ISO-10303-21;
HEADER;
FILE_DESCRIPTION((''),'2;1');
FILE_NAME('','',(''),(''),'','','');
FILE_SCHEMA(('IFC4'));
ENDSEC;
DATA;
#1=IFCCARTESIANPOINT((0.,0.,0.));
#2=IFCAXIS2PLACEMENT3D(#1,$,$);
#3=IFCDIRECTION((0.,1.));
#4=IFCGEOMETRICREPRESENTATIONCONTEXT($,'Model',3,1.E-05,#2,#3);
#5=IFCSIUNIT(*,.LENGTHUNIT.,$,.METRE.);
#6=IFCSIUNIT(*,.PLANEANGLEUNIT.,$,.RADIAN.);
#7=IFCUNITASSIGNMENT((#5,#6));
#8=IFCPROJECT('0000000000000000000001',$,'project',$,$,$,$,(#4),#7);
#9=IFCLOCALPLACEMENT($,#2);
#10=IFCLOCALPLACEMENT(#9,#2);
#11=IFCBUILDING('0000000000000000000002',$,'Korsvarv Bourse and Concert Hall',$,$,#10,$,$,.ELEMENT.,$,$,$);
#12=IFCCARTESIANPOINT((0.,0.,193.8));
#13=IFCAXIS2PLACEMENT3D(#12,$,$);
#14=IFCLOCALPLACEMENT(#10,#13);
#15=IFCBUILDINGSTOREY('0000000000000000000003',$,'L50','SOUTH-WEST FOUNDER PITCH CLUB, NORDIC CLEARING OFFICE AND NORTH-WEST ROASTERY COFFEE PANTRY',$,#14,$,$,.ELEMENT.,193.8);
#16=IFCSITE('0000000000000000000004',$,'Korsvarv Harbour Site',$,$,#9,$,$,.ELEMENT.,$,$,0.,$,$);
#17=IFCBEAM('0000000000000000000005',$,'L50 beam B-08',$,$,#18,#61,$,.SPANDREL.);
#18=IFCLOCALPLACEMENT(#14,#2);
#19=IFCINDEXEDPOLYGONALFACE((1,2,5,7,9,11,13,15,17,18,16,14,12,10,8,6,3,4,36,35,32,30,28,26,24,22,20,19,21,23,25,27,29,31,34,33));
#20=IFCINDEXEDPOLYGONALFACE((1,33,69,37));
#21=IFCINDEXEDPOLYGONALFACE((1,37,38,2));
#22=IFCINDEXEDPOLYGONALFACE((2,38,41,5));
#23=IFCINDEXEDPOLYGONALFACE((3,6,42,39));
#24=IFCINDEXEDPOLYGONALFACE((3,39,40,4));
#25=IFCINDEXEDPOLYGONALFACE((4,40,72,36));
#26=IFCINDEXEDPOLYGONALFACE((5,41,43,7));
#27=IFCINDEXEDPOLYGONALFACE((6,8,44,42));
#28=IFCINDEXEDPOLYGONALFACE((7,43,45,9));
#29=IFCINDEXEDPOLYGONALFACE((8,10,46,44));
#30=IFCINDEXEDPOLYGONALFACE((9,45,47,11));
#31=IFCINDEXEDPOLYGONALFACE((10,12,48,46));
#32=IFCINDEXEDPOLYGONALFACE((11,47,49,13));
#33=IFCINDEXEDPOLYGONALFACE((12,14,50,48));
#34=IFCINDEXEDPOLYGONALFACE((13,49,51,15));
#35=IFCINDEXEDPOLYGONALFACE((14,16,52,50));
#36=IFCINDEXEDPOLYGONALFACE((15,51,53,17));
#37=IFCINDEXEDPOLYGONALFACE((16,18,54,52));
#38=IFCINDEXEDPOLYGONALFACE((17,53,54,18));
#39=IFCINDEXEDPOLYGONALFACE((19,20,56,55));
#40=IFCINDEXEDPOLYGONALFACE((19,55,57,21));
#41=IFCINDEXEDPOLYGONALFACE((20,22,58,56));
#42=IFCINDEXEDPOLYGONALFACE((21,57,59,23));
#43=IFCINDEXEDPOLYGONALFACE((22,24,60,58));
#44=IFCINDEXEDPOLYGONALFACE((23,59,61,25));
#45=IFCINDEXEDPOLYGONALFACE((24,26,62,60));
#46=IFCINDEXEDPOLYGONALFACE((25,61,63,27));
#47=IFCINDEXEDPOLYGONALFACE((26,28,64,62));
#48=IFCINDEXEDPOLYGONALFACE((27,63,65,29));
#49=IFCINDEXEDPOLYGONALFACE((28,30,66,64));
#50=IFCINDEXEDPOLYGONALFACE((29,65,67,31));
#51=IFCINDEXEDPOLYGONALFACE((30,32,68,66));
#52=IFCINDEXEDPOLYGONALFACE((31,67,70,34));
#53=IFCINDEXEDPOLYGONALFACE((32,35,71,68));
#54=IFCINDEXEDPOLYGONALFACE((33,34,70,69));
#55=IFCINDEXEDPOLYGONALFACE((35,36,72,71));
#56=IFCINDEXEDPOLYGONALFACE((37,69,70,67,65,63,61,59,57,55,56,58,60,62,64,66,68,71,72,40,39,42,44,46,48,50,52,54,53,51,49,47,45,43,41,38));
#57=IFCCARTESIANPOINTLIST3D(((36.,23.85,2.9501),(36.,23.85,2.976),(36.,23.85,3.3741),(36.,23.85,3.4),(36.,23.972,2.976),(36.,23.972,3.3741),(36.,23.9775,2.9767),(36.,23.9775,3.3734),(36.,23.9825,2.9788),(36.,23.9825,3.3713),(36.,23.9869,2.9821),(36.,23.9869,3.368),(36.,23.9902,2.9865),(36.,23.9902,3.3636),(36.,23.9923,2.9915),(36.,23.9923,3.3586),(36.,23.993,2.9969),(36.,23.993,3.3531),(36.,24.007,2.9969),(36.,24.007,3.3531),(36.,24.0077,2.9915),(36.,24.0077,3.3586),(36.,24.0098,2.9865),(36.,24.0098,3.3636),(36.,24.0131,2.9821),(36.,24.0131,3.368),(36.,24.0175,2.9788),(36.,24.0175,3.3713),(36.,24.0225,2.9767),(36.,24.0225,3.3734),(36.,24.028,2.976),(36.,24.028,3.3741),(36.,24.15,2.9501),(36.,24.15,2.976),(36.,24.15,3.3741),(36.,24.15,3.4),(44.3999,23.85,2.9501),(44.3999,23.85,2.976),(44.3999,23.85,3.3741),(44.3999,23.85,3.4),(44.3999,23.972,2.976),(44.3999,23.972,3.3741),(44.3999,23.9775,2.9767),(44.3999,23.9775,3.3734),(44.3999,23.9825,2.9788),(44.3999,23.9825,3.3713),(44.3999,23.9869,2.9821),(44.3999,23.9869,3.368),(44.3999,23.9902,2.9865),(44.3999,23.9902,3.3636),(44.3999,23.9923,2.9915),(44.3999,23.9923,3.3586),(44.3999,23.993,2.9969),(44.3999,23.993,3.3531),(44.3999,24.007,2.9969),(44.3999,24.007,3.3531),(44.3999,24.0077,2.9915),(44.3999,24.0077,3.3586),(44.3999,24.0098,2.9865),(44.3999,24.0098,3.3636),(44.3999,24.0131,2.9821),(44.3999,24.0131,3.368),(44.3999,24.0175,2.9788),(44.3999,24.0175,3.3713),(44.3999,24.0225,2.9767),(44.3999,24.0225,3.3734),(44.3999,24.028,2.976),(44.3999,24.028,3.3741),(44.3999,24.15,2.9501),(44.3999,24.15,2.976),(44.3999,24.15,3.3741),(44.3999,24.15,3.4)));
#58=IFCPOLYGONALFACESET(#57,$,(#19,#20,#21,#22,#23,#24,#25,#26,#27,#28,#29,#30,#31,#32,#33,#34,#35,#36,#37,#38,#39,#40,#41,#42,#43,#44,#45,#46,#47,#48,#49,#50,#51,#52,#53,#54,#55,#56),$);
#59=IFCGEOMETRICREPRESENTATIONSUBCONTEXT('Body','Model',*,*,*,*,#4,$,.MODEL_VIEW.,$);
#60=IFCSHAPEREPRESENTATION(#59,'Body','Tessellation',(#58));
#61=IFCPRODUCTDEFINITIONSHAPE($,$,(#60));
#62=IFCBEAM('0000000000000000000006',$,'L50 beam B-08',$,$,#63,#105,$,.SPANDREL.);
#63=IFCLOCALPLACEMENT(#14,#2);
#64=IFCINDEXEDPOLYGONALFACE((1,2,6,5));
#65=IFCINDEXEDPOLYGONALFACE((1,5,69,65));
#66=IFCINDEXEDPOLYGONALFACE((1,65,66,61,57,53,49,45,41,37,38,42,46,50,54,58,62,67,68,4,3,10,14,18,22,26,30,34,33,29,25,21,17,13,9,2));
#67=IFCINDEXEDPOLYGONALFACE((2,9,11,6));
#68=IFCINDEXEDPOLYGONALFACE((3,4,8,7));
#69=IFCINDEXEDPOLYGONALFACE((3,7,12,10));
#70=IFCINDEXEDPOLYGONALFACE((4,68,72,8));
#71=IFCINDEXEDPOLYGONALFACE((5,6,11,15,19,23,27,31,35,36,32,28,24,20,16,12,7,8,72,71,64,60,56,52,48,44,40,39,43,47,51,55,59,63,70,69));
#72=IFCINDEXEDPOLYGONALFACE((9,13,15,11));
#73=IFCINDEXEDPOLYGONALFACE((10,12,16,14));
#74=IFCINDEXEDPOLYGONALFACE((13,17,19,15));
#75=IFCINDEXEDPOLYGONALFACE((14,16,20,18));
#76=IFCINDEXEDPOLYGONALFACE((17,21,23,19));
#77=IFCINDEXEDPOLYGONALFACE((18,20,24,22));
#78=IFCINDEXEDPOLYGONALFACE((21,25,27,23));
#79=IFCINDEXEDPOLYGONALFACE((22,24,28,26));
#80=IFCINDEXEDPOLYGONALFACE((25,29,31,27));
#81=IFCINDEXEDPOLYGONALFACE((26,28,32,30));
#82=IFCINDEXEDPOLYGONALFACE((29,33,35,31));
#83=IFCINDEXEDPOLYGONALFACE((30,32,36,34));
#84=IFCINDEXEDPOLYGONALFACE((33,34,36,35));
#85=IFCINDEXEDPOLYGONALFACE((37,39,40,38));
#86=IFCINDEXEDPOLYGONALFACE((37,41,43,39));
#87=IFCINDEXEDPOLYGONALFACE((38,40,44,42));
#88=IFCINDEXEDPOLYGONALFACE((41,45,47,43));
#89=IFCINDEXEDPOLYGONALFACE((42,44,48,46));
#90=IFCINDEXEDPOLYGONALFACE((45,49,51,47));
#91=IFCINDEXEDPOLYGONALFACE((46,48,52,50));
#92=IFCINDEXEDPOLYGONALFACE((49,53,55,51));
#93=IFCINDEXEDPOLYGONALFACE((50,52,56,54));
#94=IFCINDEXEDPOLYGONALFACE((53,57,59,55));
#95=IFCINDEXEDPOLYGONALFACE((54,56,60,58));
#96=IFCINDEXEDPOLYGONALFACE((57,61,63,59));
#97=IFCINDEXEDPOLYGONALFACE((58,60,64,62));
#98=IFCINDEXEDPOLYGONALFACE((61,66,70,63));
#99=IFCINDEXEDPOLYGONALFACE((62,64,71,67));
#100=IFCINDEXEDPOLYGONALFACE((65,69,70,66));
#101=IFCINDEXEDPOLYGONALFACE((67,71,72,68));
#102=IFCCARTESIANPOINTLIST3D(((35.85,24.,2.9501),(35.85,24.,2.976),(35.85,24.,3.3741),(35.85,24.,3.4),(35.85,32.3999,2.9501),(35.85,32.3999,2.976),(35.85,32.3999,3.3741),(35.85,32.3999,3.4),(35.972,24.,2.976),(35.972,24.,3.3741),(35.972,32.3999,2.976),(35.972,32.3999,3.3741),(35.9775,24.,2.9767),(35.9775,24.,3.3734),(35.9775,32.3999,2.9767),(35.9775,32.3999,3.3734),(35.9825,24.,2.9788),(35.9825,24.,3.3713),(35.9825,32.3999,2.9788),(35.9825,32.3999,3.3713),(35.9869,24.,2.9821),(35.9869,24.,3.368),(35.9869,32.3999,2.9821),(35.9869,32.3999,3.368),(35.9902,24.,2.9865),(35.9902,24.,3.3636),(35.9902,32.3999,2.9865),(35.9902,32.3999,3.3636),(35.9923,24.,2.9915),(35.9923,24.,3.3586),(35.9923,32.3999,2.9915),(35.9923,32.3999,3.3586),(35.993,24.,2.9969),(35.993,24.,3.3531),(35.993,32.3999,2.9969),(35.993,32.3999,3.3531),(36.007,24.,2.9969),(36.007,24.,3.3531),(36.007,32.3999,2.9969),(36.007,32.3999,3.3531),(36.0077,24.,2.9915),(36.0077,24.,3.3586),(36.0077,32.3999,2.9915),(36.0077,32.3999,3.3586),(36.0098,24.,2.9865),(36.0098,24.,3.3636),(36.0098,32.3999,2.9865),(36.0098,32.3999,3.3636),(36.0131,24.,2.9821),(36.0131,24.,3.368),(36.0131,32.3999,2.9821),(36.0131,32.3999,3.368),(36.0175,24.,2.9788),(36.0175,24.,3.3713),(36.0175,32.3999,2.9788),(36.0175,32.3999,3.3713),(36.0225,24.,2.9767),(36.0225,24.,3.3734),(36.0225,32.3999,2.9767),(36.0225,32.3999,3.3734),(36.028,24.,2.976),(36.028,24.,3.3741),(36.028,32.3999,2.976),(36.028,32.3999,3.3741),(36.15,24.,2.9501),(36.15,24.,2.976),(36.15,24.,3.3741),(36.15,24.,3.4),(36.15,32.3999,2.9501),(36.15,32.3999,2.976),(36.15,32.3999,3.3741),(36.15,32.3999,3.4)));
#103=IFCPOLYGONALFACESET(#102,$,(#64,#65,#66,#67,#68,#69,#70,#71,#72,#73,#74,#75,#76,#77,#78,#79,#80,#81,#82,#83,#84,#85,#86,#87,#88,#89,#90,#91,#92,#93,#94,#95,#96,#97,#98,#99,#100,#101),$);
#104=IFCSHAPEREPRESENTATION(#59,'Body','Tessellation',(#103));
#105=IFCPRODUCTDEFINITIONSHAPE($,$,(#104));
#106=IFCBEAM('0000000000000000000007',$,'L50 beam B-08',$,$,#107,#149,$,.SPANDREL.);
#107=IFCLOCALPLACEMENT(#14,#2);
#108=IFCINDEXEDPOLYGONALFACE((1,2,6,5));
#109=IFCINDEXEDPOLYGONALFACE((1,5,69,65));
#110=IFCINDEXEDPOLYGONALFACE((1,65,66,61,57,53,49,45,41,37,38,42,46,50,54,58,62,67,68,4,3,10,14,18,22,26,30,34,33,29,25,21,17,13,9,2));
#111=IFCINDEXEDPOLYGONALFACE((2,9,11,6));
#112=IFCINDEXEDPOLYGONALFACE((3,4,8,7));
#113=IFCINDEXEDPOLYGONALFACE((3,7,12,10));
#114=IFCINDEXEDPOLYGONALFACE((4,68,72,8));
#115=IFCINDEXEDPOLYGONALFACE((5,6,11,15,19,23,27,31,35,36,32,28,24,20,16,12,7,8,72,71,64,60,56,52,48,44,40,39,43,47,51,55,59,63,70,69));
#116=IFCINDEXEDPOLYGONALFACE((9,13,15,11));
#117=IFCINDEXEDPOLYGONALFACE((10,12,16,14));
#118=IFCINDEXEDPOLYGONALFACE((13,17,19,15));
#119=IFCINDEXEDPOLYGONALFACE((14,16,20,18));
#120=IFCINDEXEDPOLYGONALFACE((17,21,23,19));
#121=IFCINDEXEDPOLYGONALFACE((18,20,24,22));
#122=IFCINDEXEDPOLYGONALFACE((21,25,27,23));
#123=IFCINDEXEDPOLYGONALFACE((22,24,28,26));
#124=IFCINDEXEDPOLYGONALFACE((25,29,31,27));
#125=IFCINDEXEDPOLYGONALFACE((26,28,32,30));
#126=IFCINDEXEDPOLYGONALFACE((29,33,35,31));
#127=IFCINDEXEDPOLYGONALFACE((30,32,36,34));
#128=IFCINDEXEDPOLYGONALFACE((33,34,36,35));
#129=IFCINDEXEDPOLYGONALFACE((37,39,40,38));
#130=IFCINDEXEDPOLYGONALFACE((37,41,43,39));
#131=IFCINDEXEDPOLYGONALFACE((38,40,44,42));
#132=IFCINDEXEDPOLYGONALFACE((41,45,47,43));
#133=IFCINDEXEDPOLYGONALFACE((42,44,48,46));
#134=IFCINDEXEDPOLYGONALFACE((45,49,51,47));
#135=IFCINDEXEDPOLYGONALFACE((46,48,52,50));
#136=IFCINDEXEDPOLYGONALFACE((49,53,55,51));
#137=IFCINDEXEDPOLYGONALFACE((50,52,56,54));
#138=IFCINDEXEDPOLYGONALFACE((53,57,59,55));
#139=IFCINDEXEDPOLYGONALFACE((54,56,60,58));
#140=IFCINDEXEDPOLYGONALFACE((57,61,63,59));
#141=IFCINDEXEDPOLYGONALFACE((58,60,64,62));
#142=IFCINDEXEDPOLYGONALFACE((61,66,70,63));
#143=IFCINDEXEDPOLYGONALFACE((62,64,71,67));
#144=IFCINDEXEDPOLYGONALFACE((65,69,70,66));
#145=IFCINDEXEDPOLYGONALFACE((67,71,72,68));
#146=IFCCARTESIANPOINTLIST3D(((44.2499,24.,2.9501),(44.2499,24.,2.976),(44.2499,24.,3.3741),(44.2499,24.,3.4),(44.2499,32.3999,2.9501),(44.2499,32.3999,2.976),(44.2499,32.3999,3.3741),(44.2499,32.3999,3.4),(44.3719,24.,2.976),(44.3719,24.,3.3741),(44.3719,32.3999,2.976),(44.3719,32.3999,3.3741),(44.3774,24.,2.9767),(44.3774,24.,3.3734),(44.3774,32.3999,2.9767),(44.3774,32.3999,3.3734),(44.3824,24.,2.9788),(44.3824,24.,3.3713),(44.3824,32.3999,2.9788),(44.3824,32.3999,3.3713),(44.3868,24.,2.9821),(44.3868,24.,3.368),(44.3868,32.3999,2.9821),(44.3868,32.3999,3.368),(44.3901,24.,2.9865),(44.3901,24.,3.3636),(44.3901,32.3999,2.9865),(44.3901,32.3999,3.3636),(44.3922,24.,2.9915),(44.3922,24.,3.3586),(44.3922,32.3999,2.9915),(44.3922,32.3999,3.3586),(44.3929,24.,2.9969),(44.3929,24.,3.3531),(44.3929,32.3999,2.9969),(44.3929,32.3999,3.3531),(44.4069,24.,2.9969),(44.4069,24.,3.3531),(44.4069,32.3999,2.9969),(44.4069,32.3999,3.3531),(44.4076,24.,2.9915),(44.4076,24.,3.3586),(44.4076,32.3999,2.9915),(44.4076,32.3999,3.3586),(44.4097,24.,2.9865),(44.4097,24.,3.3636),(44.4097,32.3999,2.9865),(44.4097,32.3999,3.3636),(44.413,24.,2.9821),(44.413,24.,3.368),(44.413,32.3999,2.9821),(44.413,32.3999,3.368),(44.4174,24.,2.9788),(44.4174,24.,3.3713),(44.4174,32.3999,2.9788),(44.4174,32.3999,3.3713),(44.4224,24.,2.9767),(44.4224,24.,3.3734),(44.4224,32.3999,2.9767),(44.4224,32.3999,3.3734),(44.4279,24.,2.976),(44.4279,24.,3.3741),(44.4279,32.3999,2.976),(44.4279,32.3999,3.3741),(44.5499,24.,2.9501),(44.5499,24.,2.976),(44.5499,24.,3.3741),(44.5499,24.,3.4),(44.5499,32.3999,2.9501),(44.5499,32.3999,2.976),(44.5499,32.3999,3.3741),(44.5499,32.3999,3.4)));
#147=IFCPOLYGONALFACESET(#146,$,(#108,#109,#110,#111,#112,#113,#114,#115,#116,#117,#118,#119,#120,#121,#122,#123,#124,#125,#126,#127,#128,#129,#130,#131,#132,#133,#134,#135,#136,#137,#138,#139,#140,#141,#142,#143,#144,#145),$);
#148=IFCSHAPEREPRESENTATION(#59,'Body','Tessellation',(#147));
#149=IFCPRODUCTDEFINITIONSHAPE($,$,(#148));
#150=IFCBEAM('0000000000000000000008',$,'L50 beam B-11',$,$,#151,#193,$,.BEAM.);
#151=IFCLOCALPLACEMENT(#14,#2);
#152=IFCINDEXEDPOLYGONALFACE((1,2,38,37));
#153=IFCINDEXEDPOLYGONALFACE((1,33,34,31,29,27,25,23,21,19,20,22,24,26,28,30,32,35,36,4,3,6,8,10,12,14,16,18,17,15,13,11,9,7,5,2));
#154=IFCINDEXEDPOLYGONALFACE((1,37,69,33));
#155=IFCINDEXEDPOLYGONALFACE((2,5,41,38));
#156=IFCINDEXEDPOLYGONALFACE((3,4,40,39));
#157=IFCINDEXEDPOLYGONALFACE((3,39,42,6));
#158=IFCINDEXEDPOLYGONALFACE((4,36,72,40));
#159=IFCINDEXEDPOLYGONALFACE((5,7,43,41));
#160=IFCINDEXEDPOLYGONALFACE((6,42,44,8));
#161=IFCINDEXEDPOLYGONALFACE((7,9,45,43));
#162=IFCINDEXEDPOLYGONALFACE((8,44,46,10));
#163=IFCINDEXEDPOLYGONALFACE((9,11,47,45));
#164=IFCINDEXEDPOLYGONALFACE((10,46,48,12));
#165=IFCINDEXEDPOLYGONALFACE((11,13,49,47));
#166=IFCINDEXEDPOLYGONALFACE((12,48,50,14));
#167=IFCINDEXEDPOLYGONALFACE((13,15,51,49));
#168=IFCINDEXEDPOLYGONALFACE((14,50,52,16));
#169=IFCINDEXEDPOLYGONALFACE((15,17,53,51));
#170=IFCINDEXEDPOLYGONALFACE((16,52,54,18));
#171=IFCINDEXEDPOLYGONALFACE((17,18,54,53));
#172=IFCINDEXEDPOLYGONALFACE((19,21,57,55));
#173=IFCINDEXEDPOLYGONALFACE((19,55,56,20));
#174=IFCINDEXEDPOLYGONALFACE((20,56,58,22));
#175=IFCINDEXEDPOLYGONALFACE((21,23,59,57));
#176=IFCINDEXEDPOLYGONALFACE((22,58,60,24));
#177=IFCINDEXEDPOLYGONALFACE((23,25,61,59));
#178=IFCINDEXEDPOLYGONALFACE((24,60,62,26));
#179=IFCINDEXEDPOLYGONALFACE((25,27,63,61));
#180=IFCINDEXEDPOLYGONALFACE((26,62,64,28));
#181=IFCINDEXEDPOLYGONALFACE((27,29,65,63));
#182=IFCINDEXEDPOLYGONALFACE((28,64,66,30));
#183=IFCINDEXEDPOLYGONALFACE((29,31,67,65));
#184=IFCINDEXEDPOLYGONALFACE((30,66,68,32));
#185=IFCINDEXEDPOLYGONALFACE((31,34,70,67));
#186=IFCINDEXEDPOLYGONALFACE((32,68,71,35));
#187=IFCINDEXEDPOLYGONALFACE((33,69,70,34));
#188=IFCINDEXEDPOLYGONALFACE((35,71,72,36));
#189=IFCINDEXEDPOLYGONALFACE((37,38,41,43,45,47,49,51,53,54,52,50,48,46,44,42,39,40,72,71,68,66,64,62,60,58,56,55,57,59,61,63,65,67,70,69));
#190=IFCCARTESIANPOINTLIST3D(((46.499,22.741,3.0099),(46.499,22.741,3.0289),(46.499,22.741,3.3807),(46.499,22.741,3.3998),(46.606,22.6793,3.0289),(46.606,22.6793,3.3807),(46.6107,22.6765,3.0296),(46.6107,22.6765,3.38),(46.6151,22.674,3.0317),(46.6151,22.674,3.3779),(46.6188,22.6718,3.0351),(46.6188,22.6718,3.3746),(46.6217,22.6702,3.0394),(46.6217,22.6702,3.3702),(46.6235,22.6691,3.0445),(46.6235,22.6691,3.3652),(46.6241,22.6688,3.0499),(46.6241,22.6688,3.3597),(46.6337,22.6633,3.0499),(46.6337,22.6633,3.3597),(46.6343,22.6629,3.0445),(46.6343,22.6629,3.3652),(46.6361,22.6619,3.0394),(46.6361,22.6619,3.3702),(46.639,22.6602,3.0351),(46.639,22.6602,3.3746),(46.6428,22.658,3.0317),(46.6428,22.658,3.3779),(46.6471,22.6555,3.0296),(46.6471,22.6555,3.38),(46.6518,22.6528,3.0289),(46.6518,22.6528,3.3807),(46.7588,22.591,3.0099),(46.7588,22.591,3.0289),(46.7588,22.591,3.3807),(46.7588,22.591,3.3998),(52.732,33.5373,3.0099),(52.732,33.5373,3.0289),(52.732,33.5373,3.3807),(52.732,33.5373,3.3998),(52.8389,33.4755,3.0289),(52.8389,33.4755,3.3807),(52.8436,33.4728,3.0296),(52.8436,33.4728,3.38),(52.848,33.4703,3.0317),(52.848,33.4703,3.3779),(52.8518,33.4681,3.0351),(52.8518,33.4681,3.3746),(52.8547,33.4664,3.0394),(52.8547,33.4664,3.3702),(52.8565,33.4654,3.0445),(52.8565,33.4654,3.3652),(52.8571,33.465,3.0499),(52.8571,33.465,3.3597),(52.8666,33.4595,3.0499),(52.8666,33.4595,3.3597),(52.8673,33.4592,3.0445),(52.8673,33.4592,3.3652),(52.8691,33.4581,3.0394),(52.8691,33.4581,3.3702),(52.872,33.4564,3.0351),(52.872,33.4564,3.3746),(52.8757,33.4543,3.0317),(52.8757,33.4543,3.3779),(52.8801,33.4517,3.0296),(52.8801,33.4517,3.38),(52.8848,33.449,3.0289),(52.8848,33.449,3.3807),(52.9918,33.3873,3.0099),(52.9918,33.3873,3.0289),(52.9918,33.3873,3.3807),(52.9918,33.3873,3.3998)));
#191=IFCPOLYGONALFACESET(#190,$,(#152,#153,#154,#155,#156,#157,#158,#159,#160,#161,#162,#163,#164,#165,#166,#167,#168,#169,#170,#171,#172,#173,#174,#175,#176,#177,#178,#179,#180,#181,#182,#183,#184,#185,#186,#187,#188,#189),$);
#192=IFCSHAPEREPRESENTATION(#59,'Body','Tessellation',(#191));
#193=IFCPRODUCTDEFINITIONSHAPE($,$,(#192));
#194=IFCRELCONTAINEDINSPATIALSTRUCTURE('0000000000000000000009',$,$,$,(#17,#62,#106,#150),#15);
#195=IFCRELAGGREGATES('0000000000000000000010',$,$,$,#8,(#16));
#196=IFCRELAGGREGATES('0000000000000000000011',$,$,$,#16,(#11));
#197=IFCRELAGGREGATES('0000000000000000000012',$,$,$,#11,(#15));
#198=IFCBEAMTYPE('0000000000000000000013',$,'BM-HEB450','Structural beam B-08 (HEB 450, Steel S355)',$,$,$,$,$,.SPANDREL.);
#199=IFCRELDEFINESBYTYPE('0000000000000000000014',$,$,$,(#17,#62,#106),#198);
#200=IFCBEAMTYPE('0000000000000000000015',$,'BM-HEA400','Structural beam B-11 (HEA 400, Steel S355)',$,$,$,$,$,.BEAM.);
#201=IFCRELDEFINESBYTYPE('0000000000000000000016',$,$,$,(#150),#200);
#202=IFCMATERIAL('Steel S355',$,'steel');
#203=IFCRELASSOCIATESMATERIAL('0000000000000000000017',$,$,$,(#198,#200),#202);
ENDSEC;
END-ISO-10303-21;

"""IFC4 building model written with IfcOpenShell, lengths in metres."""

from ifc_helpers import new_model, si_unit, direction, frame, origin, origin_2d, place, context, subcontext, project, spatial, i_section, extrude, source, transform, mapped, material, material_profile, profile_set, type_object, element, save


model = new_model("IFC4")

# Units and contexts
model_context = context("Model", 3, precision=1e-05, world=origin(), true_north=direction((0.0, 1.0)))
body_context = subcontext(model_context, "Body", "Model", "MODEL_VIEW")
ifc_project = project(units=[si_unit("LENGTHUNIT", "METRE"), si_unit("PLANEANGLEUNIT", "RADIAN")], contexts=[model_context])

# Site, building, storey
site_placement = place(None, origin())
site = spatial("IfcSite", under=ifc_project, at=site_placement, Name="Korsvarv Harbour Site", CompositionType="ELEMENT", RefElevation=0.0)
building_placement = place(site_placement, origin())
building = spatial("IfcBuilding", under=site, at=building_placement, Name="Korsvarv Bourse and Concert Hall", CompositionType="ELEMENT")
storey_placement = place(building_placement, frame((0.0, 0.0, 193.8)))
storey = spatial("IfcBuildingStorey", under=building, at=storey_placement, Name="L50", Description="SOUTH-WEST FOUNDER PITCH CLUB, NORDIC CLEARING OFFICE AND NORTH-WEST ROASTERY COFFEE PANTRY", CompositionType="ELEMENT", Elevation=193.8)

# Shared definitions
ifc_material_1 = material(Name="Steel S355", Category="steel")

# Beams
ifc_material_profile_1 = material_profile(ifc_material_1, i_section(OverallWidth=0.3, OverallDepth=0.45, WebThickness=0.0139, FlangeThickness=0.0259, FilletRadius=0.021, at=origin_2d()), Name="HEB 450")
ifc_profile_set_1 = profile_set([ifc_material_profile_1], Name="Steel S355")
beam_type_1 = type_object("IfcBeamType", Name="BM-HEB450", Description="Structural beam B-08 (HEB 450, Steel S355)", PredefinedType="SPANDREL", material=ifc_profile_set_1)
shared_shape_1 = source(origin(), body_context, "Body", "SweptSolid", [
    extrude(i_section(OverallWidth=0.3, OverallDepth=0.45, WebThickness=0.0139, FlangeThickness=0.0259, FilletRadius=0.021, at=origin_2d()), origin(), (0.0, 0.0, 1.0), 8.3999),
])
for number, where, z_axis, x_axis, name in (
    (1, (36.0, 24.0, 3.175), (1.0, 0.0, 0.0), (0.0, 1.0, 0.0), "L50 beam B-08"),
    (2, (36.0, 24.0, 3.175), (0.0, 1.0, 0.0), (-1.0, 0.0, 0.0), "L50 beam B-08"),
    (3, (44.3999, 24.0, 3.175), (0.0, 1.0, 0.0), (-1.0, 0.0, 0.0), "L50 beam B-08"),
):
    element("IfcBeam", number, at=place(storey_placement, frame(where, z_axis=z_axis, x_axis=x_axis)), inside=storey, type_object=beam_type_1, Name=name, PredefinedType="SPANDREL", context=body_context, shape_type="MappedRepresentation", body=[
        mapped(shared_shape_1, transform((0.0, 0.0, 0.0), scale=1.0)),
    ])
ifc_material_profile_2 = material_profile(ifc_material_1, i_section(OverallWidth=0.3, OverallDepth=0.3899, WebThickness=0.011, FlangeThickness=0.019, FilletRadius=0.021, at=origin_2d()), Name="HEA 400")
ifc_profile_set_2 = profile_set([ifc_material_profile_2], Name="Steel S355")
beam_type_2 = type_object("IfcBeamType", Name="BM-HEA400", Description="Structural beam B-11 (HEA 400, Steel S355)", PredefinedType="BEAM", material=ifc_profile_set_2)
shared_shape_2 = source(origin(), body_context, "Body", "SweptSolid", [
    extrude(i_section(OverallWidth=0.3, OverallDepth=0.3899, WebThickness=0.011, FlangeThickness=0.019, FilletRadius=0.021, at=origin_2d()), origin(), (0.0, 0.0, 1.0), 12.4663),
])
beam_1_placement = place(storey_placement, frame((46.6289, 22.666, 3.2048), z_axis=(0.499985, 0.866034, 0.0), x_axis=(-0.866034, 0.499985, 0.0)))
element("IfcBeam", 4, at=beam_1_placement, inside=storey, type_object=beam_type_2, Name="L50 beam B-11", PredefinedType="BEAM", context=body_context, shape_type="MappedRepresentation", body=[
    mapped(shared_shape_2, transform((0.0, 0.0, 0.0), scale=1.0)),
])

save(model, "model.ifc")
